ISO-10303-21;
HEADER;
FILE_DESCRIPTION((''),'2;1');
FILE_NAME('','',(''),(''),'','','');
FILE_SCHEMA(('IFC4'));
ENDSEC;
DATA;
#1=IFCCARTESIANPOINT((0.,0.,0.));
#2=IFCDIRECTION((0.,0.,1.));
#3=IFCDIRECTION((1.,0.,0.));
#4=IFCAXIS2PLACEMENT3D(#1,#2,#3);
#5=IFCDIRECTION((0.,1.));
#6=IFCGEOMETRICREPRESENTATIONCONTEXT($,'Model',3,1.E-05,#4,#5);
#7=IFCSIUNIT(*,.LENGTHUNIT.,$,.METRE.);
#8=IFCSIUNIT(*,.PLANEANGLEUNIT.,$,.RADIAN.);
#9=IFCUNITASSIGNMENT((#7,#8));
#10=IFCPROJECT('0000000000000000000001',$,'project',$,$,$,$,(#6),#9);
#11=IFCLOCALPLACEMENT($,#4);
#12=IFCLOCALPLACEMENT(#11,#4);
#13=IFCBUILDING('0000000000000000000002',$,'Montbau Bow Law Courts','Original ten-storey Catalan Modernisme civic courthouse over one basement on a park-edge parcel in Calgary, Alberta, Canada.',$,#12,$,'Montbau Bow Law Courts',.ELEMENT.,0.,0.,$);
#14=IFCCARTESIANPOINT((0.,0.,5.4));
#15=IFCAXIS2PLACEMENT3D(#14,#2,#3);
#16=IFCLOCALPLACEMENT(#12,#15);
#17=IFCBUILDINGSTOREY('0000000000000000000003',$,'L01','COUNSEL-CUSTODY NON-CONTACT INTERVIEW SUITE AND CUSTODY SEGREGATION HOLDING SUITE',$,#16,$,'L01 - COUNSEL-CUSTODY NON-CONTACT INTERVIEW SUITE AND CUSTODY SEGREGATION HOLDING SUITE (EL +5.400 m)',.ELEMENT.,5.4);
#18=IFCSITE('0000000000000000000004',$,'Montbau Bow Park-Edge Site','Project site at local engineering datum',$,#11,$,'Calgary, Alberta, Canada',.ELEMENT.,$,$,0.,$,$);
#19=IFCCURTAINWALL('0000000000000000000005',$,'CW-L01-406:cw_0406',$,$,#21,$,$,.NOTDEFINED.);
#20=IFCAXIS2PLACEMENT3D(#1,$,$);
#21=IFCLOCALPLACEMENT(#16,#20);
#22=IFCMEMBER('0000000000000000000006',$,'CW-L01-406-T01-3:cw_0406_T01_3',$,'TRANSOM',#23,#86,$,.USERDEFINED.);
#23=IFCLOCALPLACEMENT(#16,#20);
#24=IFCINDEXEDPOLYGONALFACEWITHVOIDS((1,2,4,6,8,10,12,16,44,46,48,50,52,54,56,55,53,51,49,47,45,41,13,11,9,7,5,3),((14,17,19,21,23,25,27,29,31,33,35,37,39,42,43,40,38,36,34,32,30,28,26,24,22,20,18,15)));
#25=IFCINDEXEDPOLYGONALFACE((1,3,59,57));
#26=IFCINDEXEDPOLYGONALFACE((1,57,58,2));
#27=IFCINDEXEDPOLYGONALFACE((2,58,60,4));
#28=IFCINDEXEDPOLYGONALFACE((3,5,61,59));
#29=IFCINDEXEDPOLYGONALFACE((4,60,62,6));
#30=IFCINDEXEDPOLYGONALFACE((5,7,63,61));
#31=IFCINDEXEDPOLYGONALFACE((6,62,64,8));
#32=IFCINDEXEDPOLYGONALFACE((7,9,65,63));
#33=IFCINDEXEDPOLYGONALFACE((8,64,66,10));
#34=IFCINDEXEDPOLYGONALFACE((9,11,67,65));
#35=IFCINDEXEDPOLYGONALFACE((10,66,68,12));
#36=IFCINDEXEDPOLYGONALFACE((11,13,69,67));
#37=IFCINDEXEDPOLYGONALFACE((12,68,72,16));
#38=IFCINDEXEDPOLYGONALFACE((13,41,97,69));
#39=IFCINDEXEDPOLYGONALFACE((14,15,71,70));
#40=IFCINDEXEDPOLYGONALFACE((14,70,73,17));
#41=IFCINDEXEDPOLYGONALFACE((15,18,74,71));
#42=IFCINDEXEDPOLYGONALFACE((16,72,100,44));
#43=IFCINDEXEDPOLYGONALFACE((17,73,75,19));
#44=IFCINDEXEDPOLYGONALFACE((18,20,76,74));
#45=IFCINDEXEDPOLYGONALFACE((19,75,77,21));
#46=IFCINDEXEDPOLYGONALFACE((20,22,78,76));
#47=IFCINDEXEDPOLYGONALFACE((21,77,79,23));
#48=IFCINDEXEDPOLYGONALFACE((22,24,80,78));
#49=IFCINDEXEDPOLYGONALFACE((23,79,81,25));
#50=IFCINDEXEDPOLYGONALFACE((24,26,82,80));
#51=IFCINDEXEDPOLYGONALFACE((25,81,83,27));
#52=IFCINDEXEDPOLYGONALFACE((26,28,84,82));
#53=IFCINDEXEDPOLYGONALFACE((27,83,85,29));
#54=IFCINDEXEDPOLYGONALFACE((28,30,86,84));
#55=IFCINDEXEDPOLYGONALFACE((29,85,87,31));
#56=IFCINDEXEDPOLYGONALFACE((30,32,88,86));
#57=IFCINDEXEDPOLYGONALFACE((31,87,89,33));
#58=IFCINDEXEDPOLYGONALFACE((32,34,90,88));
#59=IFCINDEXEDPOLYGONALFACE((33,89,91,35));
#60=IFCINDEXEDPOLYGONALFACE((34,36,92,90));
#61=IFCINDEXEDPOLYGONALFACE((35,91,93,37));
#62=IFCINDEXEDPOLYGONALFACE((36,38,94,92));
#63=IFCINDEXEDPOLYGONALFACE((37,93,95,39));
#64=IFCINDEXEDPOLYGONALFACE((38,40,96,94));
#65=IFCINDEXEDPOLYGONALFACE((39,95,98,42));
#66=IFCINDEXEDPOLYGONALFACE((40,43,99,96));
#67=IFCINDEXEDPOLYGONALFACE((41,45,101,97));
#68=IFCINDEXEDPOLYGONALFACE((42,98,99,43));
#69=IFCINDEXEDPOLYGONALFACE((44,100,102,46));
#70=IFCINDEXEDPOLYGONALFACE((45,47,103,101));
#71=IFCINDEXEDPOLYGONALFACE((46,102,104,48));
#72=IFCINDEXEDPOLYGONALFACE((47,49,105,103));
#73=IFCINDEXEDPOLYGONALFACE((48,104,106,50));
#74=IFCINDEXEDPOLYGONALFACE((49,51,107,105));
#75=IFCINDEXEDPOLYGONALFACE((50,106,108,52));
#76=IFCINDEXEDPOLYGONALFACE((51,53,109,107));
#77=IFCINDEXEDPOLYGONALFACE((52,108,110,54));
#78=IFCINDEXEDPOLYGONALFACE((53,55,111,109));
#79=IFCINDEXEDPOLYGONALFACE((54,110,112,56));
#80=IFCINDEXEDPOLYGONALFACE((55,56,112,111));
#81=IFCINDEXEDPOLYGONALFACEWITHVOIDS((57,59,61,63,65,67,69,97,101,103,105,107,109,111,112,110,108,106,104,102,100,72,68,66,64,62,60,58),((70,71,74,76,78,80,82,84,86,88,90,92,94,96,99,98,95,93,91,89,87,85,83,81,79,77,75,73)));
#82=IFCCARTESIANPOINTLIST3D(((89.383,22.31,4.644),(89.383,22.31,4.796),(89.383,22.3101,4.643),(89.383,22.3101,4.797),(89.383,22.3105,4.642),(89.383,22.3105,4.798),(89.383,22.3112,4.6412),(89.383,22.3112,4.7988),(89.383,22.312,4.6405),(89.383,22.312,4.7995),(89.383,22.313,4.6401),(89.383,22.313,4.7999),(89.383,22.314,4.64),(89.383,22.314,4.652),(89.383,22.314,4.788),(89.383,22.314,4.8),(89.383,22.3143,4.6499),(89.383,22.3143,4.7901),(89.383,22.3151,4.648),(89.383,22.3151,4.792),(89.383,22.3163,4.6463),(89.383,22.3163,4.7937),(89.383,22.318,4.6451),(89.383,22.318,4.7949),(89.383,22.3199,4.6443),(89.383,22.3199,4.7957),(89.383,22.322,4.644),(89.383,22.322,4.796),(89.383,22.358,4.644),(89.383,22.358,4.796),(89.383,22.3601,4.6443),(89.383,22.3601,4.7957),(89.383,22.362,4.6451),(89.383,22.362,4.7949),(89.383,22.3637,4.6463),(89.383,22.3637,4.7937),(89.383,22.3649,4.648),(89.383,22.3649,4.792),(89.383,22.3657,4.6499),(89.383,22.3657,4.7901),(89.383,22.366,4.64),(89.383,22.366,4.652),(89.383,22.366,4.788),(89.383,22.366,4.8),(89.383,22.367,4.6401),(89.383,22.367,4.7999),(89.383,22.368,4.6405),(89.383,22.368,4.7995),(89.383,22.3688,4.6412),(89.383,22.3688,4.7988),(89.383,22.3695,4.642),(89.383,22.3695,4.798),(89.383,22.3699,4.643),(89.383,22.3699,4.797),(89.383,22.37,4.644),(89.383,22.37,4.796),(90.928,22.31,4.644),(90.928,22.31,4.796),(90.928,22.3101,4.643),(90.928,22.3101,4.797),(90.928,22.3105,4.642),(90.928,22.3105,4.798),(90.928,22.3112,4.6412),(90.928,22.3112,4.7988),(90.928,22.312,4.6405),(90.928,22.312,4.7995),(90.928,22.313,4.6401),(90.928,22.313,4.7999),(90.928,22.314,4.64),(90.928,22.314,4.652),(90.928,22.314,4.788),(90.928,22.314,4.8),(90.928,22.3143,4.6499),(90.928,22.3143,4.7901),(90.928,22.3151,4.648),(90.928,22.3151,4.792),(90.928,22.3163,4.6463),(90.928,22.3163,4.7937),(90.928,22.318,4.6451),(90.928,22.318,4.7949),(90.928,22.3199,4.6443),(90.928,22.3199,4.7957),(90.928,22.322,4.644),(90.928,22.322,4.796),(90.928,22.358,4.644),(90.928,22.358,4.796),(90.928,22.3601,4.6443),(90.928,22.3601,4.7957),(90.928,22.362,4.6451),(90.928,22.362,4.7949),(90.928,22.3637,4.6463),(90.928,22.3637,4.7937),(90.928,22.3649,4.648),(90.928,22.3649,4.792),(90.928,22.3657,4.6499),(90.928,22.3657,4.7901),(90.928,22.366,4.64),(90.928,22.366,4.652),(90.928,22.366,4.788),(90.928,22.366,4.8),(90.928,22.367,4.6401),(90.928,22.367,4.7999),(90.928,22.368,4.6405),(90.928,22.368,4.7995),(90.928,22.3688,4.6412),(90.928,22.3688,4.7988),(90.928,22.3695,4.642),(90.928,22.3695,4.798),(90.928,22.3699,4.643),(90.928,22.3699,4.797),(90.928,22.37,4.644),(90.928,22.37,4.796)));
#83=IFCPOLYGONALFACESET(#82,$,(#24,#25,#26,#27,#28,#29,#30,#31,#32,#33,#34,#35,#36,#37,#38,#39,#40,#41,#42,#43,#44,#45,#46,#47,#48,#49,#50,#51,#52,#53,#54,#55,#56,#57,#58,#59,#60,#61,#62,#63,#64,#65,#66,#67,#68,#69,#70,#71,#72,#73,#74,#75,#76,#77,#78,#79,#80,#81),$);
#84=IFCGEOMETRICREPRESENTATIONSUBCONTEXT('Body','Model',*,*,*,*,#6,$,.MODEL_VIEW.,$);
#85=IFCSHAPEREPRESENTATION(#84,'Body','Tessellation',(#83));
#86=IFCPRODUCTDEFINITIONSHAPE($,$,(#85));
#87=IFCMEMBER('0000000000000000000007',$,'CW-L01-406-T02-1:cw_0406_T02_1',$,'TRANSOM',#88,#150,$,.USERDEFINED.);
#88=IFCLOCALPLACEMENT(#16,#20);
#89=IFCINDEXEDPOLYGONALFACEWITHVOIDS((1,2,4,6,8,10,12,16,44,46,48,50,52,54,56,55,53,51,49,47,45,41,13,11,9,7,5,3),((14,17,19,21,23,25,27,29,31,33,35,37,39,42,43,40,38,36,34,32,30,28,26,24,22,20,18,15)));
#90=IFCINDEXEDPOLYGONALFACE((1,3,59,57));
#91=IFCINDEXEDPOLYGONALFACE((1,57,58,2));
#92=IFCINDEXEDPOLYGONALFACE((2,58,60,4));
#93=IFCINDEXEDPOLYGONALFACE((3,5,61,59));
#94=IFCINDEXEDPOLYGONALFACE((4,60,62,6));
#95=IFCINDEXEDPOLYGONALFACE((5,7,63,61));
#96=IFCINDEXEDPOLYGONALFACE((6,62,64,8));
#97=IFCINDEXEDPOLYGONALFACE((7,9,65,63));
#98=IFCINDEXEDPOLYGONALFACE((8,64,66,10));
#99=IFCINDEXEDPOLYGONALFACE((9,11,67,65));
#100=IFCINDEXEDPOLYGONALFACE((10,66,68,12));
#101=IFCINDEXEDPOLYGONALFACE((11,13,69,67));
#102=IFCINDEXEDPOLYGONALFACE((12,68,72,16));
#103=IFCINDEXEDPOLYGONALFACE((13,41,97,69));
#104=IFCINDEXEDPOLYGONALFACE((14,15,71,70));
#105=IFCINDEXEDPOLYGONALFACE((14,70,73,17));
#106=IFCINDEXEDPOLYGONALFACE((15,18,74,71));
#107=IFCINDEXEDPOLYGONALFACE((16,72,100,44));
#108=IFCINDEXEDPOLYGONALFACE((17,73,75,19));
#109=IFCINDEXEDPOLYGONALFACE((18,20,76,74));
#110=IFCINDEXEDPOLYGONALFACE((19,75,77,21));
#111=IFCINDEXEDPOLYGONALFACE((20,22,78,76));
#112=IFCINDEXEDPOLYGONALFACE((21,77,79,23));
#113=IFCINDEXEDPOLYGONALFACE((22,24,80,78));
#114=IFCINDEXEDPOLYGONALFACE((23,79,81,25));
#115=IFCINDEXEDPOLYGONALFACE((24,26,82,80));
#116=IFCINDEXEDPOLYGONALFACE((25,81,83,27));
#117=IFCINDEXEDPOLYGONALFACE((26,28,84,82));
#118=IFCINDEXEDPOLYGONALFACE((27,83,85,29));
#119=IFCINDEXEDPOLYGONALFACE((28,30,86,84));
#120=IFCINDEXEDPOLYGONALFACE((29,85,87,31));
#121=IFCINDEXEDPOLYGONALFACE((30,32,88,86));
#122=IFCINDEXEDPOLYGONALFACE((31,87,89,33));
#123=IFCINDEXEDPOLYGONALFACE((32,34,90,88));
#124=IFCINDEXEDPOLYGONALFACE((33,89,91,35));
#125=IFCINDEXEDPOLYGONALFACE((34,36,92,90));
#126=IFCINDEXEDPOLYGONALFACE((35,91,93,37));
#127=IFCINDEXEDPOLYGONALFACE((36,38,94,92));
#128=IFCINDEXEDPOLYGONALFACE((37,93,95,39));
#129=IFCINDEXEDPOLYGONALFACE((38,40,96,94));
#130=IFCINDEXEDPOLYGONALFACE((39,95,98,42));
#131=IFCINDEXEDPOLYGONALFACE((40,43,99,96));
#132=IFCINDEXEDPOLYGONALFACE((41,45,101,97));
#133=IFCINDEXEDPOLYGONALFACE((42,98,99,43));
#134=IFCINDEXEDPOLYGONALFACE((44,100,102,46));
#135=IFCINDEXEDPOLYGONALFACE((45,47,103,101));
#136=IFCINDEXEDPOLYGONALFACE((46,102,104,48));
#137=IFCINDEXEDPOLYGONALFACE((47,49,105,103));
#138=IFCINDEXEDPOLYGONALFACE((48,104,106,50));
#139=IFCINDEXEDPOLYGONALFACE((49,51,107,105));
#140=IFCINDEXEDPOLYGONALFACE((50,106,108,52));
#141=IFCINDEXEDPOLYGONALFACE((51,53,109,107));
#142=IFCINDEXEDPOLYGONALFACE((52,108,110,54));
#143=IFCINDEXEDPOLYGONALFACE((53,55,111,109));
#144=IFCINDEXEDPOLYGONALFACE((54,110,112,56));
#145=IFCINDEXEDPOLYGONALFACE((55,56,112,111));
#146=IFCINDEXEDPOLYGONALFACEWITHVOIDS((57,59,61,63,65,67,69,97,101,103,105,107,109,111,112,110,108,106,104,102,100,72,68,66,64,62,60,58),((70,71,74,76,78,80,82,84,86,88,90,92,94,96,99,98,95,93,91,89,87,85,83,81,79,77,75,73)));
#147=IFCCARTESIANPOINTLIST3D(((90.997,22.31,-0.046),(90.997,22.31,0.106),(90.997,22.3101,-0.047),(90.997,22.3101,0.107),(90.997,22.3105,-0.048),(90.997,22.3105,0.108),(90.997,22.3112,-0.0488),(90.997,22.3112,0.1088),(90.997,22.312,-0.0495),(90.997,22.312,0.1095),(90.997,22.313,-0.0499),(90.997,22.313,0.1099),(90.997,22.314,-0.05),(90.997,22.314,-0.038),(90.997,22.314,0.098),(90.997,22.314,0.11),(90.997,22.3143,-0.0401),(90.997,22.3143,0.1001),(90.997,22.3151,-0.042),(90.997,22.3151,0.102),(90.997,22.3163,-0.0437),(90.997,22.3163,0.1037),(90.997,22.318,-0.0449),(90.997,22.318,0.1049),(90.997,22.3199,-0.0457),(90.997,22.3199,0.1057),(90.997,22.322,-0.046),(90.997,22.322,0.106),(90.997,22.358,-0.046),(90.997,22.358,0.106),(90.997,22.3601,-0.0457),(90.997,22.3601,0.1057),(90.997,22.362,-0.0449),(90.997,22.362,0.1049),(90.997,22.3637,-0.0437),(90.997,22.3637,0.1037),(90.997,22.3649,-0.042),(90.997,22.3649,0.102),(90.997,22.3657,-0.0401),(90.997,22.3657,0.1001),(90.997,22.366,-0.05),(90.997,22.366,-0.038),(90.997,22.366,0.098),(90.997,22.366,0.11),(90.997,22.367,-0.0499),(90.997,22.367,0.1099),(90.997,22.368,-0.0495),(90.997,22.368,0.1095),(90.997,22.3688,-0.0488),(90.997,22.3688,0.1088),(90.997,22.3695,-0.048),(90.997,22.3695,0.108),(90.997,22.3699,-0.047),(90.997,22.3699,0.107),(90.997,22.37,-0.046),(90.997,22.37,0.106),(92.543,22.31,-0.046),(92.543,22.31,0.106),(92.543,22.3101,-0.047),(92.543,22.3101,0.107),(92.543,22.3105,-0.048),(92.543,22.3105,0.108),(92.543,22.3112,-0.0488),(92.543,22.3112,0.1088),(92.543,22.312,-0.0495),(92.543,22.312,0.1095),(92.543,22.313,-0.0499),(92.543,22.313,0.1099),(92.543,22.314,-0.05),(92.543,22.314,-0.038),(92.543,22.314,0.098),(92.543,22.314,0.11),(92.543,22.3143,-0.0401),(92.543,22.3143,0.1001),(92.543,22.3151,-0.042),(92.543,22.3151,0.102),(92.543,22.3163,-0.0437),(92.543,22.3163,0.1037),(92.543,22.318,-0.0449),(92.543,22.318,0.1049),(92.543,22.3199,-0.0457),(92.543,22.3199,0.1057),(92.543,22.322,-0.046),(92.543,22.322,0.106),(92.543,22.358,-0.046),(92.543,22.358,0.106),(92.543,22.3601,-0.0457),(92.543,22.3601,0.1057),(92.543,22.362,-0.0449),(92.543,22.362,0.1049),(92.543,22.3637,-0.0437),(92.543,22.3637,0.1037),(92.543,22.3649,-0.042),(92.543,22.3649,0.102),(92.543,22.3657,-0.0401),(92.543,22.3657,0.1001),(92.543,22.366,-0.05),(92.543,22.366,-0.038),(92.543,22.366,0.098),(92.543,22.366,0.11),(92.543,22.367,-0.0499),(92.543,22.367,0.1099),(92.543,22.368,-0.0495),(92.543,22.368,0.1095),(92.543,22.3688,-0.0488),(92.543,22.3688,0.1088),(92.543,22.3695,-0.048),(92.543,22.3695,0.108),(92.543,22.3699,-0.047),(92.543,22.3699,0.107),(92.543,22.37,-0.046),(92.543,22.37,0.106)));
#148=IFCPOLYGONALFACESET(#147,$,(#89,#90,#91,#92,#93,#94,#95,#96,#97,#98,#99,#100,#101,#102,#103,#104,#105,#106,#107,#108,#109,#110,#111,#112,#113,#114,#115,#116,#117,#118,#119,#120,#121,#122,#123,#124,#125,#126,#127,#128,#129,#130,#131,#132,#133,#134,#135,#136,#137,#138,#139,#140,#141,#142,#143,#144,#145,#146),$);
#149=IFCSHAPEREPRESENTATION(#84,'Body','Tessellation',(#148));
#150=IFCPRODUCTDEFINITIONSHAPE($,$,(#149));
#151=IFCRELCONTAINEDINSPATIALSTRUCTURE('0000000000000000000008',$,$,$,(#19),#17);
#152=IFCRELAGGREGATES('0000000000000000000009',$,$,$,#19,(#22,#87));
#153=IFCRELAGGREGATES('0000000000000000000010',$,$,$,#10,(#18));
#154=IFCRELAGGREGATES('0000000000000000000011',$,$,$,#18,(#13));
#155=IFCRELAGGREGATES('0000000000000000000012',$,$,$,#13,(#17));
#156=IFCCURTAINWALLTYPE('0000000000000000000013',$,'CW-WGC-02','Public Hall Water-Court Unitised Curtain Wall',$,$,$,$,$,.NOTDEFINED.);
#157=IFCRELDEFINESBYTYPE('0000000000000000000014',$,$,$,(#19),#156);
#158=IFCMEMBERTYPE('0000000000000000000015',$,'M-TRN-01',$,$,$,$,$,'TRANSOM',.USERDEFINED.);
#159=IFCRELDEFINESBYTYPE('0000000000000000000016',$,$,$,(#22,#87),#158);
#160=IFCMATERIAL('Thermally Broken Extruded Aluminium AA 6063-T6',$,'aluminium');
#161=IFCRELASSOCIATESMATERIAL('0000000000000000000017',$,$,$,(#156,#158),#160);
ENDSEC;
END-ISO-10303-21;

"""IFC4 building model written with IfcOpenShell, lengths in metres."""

from ifc_helpers import new_model, si_unit, direction, frame, origin_with_axes, origin_2d_with_axis, place, context, subcontext, project, spatial, hollow_rectangle, extrude, material, material_profile, profile_set, type_object, element, aggregate, save


model = new_model("IFC4")

# Units and contexts
model_context = context("Model", 3, precision=1e-05, world=origin_with_axes(), true_north=direction((0.0, 1.0)))
body_context = subcontext(model_context, "Body", "Model", "MODEL_VIEW")
ifc_project = project(units=[si_unit("LENGTHUNIT", "METRE"), si_unit("PLANEANGLEUNIT", "RADIAN")], contexts=[model_context])

# Site, building, storey
site_placement = place(None, origin_with_axes())
site = spatial("IfcSite", under=ifc_project, at=site_placement, Name="Montbau Bow Park-Edge Site", Description="Project site at local engineering datum", LongName="Calgary, Alberta, Canada", CompositionType="ELEMENT", RefElevation=0.0)
building_placement = place(site_placement, origin_with_axes())
building = spatial("IfcBuilding", under=site, at=building_placement, Name="Montbau Bow Law Courts", Description="Original ten-storey Catalan Modernisme civic courthouse over one basement on a park-edge parcel in Calgary, Alberta, Canada.", LongName="Montbau Bow Law Courts", CompositionType="ELEMENT", ElevationOfRefHeight=0.0, ElevationOfTerrain=0.0)
storey_placement = place(building_placement, frame((0.0, 0.0, 5.4), z_axis=(0.0, 0.0, 1.0), x_axis=(1.0, 0.0, 0.0)))
storey = spatial("IfcBuildingStorey", under=building, at=storey_placement, Name="L01", Description="COUNSEL-CUSTODY NON-CONTACT INTERVIEW SUITE AND CUSTODY SEGREGATION HOLDING SUITE", LongName="L01 - COUNSEL-CUSTODY NON-CONTACT INTERVIEW SUITE AND CUSTODY SEGREGATION HOLDING SUITE (EL +5.400 m)", CompositionType="ELEMENT", Elevation=5.4)

# Curtain wall
ifc_material_1 = material(Name="Thermally Broken Extruded Aluminium AA 6063-T6", Category="aluminium")
curtain_wall_type = type_object("IfcCurtainWallType", Name="CW-WGC-02", Description="Public Hall Water-Court Unitised Curtain Wall", PredefinedType="NOTDEFINED", material=ifc_material_1)
curtain_wall_1_placement = place(None, frame((89.315, 22.34, 5.4), z_axis=(0.0, 0.0, 1.0), x_axis=(1.0, 0.0, 0.0)))
curtain_wall_1 = element("IfcCurtainWall", 1, at=curtain_wall_1_placement, inside=storey, type_object=curtain_wall_type, Name="CW-L01-406:cw_0406", PredefinedType="NOTDEFINED")

# Members
ifc_material_profile_1 = material_profile(ifc_material_1, hollow_rectangle(XDim=0.06, YDim=0.16, WallThickness=0.004, InnerFilletRadius=0.008, OuterFilletRadius=0.004, at=origin_2d_with_axis()), Name="CWT-160X60", Category="Main", Priority=0)
ifc_profile_set_1 = profile_set([ifc_material_profile_1], Name="Thermally Broken Extruded Aluminium AA 6063-T6")
member_type_1 = type_object("IfcMemberType", Name="M-TRN-01", ElementType="TRANSOM", PredefinedType="USERDEFINED", material=ifc_profile_set_1)
member_1_placement = place(None, frame((89.383, 22.34, 10.12), z_axis=(1.0, 0.0, 0.0), x_axis=(0.0, 1.0, 0.0)))
member_1 = element("IfcMember", 2, at=member_1_placement, type_object=member_type_1, Name="CW-L01-406-T01-3:cw_0406_T01_3", ObjectType="TRANSOM", PredefinedType="USERDEFINED", context=body_context, shape_type="SweptSolid", body=[
    extrude(hollow_rectangle(XDim=0.06, YDim=0.16, WallThickness=0.004, InnerFilletRadius=0.008, OuterFilletRadius=0.004, at=origin_2d_with_axis()), origin_with_axes(), (0.0, 0.0, 1.0), 1.545),
])
member_2_placement = place(None, frame((90.997, 22.34, 5.43), z_axis=(1.0, 0.0, 0.0), x_axis=(0.0, 1.0, 0.0)))
member_2 = element("IfcMember", 3, at=member_2_placement, type_object=member_type_1, Name="CW-L01-406-T02-1:cw_0406_T02_1", ObjectType="TRANSOM", PredefinedType="USERDEFINED", context=body_context, shape_type="SweptSolid", body=[
    extrude(hollow_rectangle(XDim=0.06, YDim=0.16, WallThickness=0.004, InnerFilletRadius=0.008, OuterFilletRadius=0.004, at=origin_2d_with_axis()), origin_with_axes(), (0.0, 0.0, 1.0), 1.546),
])

aggregate(curtain_wall_1, [member_1, member_2])

save(model, "model.ifc")
